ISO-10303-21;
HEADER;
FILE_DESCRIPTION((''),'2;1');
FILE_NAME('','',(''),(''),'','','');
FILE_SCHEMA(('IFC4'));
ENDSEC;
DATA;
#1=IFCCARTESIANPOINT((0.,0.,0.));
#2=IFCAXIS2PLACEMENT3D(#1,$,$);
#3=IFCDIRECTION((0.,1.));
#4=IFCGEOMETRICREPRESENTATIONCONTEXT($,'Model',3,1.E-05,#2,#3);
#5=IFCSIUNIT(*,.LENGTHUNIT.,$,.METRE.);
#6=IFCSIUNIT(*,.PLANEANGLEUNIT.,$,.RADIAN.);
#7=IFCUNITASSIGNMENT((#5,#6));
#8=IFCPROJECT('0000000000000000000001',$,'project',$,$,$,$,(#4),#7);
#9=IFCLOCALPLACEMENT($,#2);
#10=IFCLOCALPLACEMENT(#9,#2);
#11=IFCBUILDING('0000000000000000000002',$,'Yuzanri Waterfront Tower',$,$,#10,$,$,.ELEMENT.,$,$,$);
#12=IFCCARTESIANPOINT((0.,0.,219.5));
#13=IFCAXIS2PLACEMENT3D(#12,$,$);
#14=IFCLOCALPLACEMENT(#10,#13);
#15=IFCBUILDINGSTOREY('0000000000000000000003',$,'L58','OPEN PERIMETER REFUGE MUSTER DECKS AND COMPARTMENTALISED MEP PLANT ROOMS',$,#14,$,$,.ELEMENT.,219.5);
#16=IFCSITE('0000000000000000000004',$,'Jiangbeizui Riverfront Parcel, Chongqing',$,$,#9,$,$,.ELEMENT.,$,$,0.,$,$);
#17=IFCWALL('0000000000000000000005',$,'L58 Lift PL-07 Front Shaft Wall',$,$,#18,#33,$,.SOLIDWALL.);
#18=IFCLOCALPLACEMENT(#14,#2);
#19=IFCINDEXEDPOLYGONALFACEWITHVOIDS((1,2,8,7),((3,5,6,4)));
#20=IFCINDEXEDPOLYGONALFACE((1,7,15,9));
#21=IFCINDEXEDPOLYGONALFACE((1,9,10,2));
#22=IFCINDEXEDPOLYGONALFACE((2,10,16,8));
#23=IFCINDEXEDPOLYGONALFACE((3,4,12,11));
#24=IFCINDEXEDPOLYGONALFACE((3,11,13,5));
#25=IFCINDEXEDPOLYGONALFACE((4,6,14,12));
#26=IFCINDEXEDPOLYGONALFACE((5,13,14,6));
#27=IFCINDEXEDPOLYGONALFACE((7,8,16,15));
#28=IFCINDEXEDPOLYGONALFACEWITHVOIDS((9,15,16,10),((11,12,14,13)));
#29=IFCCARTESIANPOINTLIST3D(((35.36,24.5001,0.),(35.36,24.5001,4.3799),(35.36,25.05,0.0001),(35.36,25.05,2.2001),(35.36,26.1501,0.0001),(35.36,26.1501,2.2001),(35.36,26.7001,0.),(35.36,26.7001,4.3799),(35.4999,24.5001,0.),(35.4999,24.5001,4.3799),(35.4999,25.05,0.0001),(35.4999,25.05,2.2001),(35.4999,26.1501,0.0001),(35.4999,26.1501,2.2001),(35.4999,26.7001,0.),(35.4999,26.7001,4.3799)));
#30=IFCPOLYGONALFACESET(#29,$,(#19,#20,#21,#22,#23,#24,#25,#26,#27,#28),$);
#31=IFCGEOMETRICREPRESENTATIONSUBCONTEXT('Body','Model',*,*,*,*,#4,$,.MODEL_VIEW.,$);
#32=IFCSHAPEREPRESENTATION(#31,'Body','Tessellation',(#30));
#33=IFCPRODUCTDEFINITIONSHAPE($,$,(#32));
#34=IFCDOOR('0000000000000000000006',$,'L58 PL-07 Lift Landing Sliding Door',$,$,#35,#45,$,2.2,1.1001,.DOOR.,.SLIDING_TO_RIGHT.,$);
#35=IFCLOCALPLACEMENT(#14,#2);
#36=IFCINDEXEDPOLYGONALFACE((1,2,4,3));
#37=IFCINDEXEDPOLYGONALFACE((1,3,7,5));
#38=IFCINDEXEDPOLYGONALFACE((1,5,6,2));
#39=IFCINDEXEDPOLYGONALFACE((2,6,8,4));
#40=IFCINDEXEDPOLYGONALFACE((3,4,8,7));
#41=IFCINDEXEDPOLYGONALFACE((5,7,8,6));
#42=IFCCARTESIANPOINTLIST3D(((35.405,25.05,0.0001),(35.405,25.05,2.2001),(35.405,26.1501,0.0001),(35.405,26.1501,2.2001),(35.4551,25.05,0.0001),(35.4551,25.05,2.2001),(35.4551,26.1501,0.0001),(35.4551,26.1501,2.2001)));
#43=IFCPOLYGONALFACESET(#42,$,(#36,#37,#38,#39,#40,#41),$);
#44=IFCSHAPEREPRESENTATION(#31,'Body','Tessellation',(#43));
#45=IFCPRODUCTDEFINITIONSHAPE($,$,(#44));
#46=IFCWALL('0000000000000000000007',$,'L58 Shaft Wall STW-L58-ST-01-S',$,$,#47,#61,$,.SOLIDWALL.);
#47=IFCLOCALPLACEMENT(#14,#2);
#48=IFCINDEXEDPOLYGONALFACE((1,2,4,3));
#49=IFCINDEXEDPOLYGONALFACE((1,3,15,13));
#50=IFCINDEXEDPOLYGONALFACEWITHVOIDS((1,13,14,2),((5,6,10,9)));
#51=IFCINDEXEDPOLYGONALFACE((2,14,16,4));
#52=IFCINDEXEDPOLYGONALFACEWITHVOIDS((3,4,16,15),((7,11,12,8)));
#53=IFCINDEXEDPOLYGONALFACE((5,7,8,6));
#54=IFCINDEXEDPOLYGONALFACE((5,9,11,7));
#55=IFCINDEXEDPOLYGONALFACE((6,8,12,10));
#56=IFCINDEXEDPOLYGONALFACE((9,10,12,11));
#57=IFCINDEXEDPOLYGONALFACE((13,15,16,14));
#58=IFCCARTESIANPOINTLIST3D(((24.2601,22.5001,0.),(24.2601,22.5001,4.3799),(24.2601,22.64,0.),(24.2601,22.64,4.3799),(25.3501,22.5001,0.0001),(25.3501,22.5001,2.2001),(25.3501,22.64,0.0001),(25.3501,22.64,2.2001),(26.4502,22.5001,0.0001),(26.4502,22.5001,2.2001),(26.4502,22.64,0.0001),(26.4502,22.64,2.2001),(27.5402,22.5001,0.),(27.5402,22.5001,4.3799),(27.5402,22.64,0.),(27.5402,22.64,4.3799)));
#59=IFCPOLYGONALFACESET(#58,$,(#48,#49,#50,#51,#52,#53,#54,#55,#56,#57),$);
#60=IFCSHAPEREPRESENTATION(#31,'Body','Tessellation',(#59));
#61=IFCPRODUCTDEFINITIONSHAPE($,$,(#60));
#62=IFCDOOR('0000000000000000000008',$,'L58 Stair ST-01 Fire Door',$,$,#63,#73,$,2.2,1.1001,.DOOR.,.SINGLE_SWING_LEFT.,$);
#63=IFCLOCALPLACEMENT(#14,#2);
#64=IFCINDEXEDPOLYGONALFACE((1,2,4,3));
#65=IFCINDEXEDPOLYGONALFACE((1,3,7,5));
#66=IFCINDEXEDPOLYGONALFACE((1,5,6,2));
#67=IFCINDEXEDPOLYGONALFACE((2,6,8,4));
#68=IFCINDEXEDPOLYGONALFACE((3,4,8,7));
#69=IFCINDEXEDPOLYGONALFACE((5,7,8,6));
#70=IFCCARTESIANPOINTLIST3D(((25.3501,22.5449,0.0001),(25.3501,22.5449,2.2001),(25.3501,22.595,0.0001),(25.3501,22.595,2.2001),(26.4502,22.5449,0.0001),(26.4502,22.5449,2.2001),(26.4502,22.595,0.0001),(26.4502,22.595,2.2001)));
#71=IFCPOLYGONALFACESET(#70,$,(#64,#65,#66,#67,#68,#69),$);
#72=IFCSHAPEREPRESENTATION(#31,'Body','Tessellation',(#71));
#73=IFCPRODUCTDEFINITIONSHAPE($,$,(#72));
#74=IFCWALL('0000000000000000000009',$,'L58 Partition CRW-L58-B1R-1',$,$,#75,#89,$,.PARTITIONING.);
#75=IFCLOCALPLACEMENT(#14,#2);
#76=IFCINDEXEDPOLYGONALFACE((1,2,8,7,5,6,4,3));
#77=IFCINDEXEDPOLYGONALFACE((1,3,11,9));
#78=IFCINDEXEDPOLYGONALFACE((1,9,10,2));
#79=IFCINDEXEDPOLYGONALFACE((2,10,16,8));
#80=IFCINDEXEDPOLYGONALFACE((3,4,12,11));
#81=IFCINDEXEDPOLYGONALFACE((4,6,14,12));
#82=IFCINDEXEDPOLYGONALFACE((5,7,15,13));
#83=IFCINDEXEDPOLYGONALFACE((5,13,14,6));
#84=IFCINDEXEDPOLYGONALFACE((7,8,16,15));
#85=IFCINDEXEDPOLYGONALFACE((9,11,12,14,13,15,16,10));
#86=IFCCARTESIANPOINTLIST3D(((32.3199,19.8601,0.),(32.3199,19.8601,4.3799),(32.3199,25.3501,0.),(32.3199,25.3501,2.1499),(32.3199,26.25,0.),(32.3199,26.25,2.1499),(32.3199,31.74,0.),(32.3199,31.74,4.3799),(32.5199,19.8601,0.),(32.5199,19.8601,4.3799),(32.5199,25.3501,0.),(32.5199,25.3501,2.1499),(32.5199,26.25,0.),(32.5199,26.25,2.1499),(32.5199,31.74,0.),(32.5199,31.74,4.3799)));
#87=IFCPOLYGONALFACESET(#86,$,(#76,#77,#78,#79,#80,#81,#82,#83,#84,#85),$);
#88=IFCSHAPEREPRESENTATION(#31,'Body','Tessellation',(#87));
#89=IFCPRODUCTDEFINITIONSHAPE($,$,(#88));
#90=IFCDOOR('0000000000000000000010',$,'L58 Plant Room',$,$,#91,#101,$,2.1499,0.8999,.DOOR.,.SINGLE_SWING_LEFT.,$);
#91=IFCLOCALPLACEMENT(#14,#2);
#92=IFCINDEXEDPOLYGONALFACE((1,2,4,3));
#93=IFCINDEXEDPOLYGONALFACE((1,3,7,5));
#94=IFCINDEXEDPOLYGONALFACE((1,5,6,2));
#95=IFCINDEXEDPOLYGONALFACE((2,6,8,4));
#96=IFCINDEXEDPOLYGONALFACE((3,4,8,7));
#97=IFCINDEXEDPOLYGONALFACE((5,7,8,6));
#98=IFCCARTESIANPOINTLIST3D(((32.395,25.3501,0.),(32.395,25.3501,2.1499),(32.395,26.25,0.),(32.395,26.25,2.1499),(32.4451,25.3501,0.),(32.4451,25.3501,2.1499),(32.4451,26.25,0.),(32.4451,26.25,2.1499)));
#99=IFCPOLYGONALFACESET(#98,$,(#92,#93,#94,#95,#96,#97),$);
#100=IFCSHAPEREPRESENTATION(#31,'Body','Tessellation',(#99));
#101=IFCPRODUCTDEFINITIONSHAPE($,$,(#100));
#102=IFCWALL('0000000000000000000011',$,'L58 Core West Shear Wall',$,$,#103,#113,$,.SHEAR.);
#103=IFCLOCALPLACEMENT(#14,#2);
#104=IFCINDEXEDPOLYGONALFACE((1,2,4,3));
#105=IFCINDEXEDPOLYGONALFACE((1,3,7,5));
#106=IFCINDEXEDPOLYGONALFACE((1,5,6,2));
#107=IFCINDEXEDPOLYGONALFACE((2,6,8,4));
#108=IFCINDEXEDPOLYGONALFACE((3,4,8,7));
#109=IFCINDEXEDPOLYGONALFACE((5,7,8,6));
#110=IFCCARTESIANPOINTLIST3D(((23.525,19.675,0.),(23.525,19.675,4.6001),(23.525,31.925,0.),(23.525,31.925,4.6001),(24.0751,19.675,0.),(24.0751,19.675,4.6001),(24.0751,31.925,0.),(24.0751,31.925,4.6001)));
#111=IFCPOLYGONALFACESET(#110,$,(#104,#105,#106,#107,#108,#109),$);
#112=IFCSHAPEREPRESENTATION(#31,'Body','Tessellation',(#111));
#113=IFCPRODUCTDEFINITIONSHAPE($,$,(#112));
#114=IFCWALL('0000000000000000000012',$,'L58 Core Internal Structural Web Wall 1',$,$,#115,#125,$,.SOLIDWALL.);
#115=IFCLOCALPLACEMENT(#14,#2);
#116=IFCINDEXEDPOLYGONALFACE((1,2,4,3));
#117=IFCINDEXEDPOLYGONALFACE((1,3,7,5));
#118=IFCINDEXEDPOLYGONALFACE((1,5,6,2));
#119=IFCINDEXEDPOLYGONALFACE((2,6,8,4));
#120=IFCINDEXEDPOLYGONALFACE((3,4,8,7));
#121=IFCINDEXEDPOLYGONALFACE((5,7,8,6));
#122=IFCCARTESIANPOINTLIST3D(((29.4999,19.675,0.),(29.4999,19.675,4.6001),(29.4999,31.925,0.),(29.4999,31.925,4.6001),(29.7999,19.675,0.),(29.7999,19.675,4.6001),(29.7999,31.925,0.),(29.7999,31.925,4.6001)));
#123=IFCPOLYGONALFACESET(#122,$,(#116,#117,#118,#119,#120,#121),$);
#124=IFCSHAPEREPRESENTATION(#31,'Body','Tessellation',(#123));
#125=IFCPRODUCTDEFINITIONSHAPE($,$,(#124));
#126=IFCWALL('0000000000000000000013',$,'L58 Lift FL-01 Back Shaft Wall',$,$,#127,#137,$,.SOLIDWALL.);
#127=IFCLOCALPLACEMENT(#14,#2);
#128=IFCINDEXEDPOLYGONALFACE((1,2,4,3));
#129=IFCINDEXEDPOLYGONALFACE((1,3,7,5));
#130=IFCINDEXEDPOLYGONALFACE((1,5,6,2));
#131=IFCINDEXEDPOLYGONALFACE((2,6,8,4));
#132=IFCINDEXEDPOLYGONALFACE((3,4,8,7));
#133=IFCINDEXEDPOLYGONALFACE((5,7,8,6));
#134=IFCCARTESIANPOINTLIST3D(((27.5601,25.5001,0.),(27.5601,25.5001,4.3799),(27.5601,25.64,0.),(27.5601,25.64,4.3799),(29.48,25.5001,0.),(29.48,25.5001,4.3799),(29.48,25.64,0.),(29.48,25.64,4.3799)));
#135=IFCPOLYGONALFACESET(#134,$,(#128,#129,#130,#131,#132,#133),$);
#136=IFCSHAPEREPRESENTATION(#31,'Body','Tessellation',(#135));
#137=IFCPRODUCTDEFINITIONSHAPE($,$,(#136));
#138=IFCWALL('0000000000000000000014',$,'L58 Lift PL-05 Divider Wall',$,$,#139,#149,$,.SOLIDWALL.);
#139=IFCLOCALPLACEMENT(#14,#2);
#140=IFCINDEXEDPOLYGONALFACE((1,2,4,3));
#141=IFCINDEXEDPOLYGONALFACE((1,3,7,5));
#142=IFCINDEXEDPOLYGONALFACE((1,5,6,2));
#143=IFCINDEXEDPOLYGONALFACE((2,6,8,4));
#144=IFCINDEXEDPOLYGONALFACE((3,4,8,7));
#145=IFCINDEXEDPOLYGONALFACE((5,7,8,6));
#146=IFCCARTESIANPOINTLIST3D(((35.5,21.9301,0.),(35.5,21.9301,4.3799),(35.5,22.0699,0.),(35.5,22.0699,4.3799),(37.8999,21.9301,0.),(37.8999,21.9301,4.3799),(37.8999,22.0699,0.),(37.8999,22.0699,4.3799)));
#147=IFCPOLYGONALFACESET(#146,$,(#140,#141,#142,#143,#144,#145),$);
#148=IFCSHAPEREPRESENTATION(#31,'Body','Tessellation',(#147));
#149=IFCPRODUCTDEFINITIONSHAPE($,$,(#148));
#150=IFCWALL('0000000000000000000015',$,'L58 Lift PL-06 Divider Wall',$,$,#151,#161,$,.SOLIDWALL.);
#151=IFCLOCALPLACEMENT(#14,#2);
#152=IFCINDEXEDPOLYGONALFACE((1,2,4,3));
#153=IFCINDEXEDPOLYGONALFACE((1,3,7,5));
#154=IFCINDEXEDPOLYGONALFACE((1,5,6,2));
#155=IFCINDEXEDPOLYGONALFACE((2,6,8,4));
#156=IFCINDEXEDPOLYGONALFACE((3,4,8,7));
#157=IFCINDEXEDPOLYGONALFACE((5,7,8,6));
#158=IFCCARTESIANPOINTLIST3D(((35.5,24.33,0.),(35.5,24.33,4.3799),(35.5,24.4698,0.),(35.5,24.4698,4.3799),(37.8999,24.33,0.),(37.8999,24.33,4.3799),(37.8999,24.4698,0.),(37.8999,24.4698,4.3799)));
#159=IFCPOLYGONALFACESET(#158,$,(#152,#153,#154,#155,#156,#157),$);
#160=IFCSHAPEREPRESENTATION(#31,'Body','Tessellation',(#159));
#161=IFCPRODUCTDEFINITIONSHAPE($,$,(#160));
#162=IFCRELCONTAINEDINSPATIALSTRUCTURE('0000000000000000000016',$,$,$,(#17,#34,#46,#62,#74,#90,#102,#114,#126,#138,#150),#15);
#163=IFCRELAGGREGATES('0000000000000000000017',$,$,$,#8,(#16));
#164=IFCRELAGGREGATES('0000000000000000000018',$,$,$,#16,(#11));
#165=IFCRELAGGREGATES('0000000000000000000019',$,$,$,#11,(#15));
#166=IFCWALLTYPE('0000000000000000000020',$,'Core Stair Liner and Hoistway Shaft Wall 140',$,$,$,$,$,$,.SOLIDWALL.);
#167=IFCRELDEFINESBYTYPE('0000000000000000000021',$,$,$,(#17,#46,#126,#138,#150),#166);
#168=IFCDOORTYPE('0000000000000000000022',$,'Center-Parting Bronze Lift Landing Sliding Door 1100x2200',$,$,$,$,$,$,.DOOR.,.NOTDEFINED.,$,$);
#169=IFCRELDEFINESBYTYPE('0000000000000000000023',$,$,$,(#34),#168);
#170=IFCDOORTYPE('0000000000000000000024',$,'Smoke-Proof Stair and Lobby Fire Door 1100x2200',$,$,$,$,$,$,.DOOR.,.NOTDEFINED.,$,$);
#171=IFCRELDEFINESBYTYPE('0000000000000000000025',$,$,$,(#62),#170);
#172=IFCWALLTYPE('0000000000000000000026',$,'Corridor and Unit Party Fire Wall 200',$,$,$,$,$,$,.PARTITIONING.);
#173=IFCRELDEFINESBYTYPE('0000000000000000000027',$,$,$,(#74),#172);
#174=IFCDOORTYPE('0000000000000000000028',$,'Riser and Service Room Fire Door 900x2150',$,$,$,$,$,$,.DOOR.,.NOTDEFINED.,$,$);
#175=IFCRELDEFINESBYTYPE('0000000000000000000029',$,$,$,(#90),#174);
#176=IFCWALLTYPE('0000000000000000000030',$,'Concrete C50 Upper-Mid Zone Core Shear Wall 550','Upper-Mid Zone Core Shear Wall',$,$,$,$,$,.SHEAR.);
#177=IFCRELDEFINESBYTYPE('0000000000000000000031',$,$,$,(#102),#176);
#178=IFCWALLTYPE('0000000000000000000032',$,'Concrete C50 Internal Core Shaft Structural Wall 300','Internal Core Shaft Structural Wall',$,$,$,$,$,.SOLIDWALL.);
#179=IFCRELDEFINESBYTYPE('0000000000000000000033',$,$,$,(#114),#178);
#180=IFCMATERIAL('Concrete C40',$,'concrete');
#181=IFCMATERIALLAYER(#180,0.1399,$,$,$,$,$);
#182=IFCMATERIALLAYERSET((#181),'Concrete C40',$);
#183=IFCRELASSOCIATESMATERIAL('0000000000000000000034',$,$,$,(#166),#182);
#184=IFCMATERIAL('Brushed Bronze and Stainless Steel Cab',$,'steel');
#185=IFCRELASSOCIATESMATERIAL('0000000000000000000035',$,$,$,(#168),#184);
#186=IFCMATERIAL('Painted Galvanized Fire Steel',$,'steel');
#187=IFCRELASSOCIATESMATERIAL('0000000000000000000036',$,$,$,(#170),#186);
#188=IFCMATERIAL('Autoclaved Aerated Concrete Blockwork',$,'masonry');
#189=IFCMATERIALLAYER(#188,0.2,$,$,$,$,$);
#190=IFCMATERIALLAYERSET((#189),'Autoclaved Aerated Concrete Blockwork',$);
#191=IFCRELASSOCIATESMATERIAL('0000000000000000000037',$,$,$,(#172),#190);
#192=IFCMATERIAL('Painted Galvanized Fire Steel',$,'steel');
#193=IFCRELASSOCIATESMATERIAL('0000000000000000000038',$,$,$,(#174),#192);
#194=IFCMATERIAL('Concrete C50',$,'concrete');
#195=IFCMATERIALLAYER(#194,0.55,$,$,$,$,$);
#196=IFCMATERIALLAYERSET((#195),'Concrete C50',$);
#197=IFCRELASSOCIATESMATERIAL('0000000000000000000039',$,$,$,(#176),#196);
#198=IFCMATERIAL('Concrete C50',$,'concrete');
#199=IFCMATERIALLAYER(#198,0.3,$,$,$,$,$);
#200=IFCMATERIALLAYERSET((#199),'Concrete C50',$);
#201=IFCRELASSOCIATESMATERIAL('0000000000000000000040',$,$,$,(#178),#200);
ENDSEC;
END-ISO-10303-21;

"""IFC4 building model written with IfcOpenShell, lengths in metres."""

from ifc_helpers import new_model, si_unit, direction, frame, frame_2d, origin, place, context, subcontext, project, spatial, rectangle, extrude, source, transform, mapped, material, layer, layer_set, type_object, element, fill, save


model = new_model("IFC4")

# Units and contexts
model_context = context("Model", 3, precision=1e-05, world=origin(), true_north=direction((0.0, 1.0)))
body_context = subcontext(model_context, "Body", "Model", "MODEL_VIEW")
ifc_project = project(units=[si_unit("LENGTHUNIT", "METRE"), si_unit("PLANEANGLEUNIT", "RADIAN")], contexts=[model_context])

# Site, building, storey
site_placement = place(None, origin())
site = spatial("IfcSite", under=ifc_project, at=site_placement, Name="Jiangbeizui Riverfront Parcel, Chongqing", CompositionType="ELEMENT", RefElevation=0.0)
building_placement = place(site_placement, origin())
building = spatial("IfcBuilding", under=site, at=building_placement, Name="Yuzanri Waterfront Tower", CompositionType="ELEMENT")
storey_placement = place(building_placement, frame((0.0, 0.0, 219.5)))
storey = spatial("IfcBuildingStorey", under=building, at=storey_placement, Name="L58", Description="OPEN PERIMETER REFUGE MUSTER DECKS AND COMPARTMENTALISED MEP PLANT ROOMS", CompositionType="ELEMENT", Elevation=219.5)

# Walls, openings, doors
ifc_material_1 = material(Name="Concrete C40", Category="concrete")
ifc_layer_1 = layer(ifc_material_1, 0.1399)
ifc_layer_set_1 = layer_set([ifc_layer_1], Name="Concrete C40")
wall_type_1 = type_object("IfcWallType", Name="Core Stair Liner and Hoistway Shaft Wall 140", PredefinedType="SOLIDWALL", material=ifc_layer_set_1)
ifc_material_2 = material(Name="Brushed Bronze and Stainless Steel Cab", Category="steel")
door_type_1 = type_object("IfcDoorType", Name="Center-Parting Bronze Lift Landing Sliding Door 1100x2200", OperationType="NOTDEFINED", PredefinedType="DOOR", material=ifc_material_2)
shared_shape_1 = source(origin(), body_context, "Body", "SweptSolid", [
    extrude(rectangle(XDim=1.1001, YDim=2.2, at=frame_2d((0.55, 1.1001))), frame((0.0, 0.0249, 0.0), z_axis=(0.0, -1.0, 0.0), x_axis=(1.0, 0.0, 0.0)), (0.0, 0.0, 1.0), 0.05),
])
wall_1_placement = place(storey_placement, frame((35.4299, 24.5, 0.0), z_axis=(0.0, 0.0, 1.0), x_axis=(0.0, 1.0, 0.0)))
wall_1 = element("IfcWall", 1, at=wall_1_placement, inside=storey, type_object=wall_type_1, Name="L58 Lift PL-07 Front Shaft Wall", PredefinedType="SOLIDWALL", context=body_context, shape_type="SweptSolid", body=[
    extrude(rectangle(XDim=2.2, YDim=0.1399, at=frame_2d((1.1001, 0.0))), origin(), (0.0, 0.0, 1.0), 4.3799),
])
opening_1_placement = place(wall_1_placement, frame((0.55, 0.0, 0.0)))
opening_1 = element("IfcOpeningElement", 2, at=opening_1_placement, cuts=wall_1, PredefinedType="OPENING", context=body_context, shape_type="SweptSolid", body=[
    extrude(rectangle(XDim=1.1001, YDim=2.2, at=frame_2d((0.55, 1.1001))), frame((0.0, 0.085, 0.0), z_axis=(0.0, -1.0, 0.0), x_axis=(1.0, 0.0, 0.0)), (0.0, 0.0, 1.0), 0.1697),
])
door_1_placement = place(opening_1_placement, origin())
door_1 = element("IfcDoor", 3, at=door_1_placement, inside=storey, type_object=door_type_1, Name="L58 PL-07 Lift Landing Sliding Door", OperationType="SLIDING_TO_RIGHT", OverallHeight=2.2, OverallWidth=1.1001, PredefinedType="DOOR", context=body_context, shape_type="MappedRepresentation", body=[
    mapped(shared_shape_1, transform((0.0, 0.0, 0.0), scale=1.0)),
])
fill(opening_1, door_1)
wall_2_placement = place(storey_placement, frame((24.26, 22.5701, 0.0), z_axis=(0.0, 0.0, 1.0), x_axis=(1.0, 0.0, 0.0)))
wall_2 = element("IfcWall", 4, at=wall_2_placement, inside=storey, type_object=wall_type_1, Name="L58 Shaft Wall STW-L58-ST-01-S", PredefinedType="SOLIDWALL", context=body_context, shape_type="SweptSolid", body=[
    extrude(rectangle(XDim=3.28, YDim=0.1399, at=frame_2d((1.6401, 0.0))), origin(), (0.0, 0.0, 1.0), 4.3799),
])
opening_2_placement = place(wall_2_placement, frame((1.0901, 0.0, 0.0)))
opening_2 = element("IfcOpeningElement", 5, at=opening_2_placement, cuts=wall_2, PredefinedType="OPENING", context=body_context, shape_type="SweptSolid", body=[
    extrude(rectangle(XDim=1.1001, YDim=2.2, at=frame_2d((0.55, 1.1001))), frame((0.0, 0.085, 0.0), z_axis=(0.0, -1.0, 0.0), x_axis=(1.0, 0.0, 0.0)), (0.0, 0.0, 1.0), 0.1697),
])
ifc_material_3 = material(Name="Painted Galvanized Fire Steel", Category="steel")
door_type_2 = type_object("IfcDoorType", Name="Smoke-Proof Stair and Lobby Fire Door 1100x2200", OperationType="NOTDEFINED", PredefinedType="DOOR", material=ifc_material_3)
shared_shape_2 = source(origin(), body_context, "Body", "SweptSolid", [
    extrude(rectangle(XDim=1.1001, YDim=2.2, at=frame_2d((0.55, 1.1001))), frame((0.0, 0.0249, 0.0), z_axis=(0.0, -1.0, 0.0), x_axis=(1.0, 0.0, 0.0)), (0.0, 0.0, 1.0), 0.05),
])
door_2_placement = place(opening_2_placement, origin())
door_2 = element("IfcDoor", 6, at=door_2_placement, inside=storey, type_object=door_type_2, Name="L58 Stair ST-01 Fire Door", OperationType="SINGLE_SWING_LEFT", OverallHeight=2.2, OverallWidth=1.1001, PredefinedType="DOOR", context=body_context, shape_type="MappedRepresentation", body=[
    mapped(shared_shape_2, transform((0.0, 0.0, 0.0), scale=1.0)),
])
fill(opening_2, door_2)
ifc_material_4 = material(Name="Autoclaved Aerated Concrete Blockwork", Category="masonry")
ifc_layer_2 = layer(ifc_material_4, 0.2)
ifc_layer_set_2 = layer_set([ifc_layer_2], Name="Autoclaved Aerated Concrete Blockwork")
wall_type_2 = type_object("IfcWallType", Name="Corridor and Unit Party Fire Wall 200", PredefinedType="PARTITIONING", material=ifc_layer_set_2)
wall_3_placement = place(storey_placement, frame((32.4199, 19.8601, 0.0), z_axis=(0.0, 0.0, 1.0), x_axis=(0.0, 1.0, 0.0)))
wall_3 = element("IfcWall", 7, at=wall_3_placement, inside=storey, type_object=wall_type_2, Name="L58 Partition CRW-L58-B1R-1", PredefinedType="PARTITIONING", context=body_context, shape_type="SweptSolid", body=[
    extrude(rectangle(XDim=11.8799, YDim=0.2, at=frame_2d((5.9399, 0.0))), origin(), (0.0, 0.0, 1.0), 4.3799),
])
opening_3_placement = place(wall_3_placement, frame((5.49, 0.0, 0.0)))
opening_3 = element("IfcOpeningElement", 8, at=opening_3_placement, cuts=wall_3, PredefinedType="OPENING", context=body_context, shape_type="SweptSolid", body=[
    extrude(rectangle(XDim=0.8999, YDim=2.1499, at=frame_2d((0.45, 1.075))), frame((0.0, 0.1147, 0.0), z_axis=(0.0, -1.0, 0.0), x_axis=(1.0, 0.0, 0.0)), (0.0, 0.0, 1.0), 0.2297),
])
ifc_material_5 = material(Name="Painted Galvanized Fire Steel", Category="steel")
door_type_3 = type_object("IfcDoorType", Name="Riser and Service Room Fire Door 900x2150", OperationType="NOTDEFINED", PredefinedType="DOOR", material=ifc_material_5)
shared_shape_3 = source(origin(), body_context, "Body", "SweptSolid", [
    extrude(rectangle(XDim=0.8999, YDim=2.1499, at=frame_2d((0.45, 1.075))), frame((0.0, 0.0249, 0.0), z_axis=(0.0, -1.0, 0.0), x_axis=(1.0, 0.0, 0.0)), (0.0, 0.0, 1.0), 0.05),
])
door_3_placement = place(opening_3_placement, origin())
door_3 = element("IfcDoor", 9, at=door_3_placement, inside=storey, type_object=door_type_3, Name="L58 Plant Room", OperationType="SINGLE_SWING_LEFT", OverallHeight=2.1499, OverallWidth=0.8999, PredefinedType="DOOR", context=body_context, shape_type="MappedRepresentation", body=[
    mapped(shared_shape_3, transform((0.0, 0.0, 0.0), scale=1.0)),
])
fill(opening_3, door_3)

# Walls
ifc_material_6 = material(Name="Concrete C50", Category="concrete")
ifc_layer_3 = layer(ifc_material_6, 0.55)
ifc_layer_set_3 = layer_set([ifc_layer_3], Name="Concrete C50")
wall_type_3 = type_object("IfcWallType", Name="Concrete C50 Upper-Mid Zone Core Shear Wall 550", Description="Upper-Mid Zone Core Shear Wall", PredefinedType="SHEAR", material=ifc_layer_set_3)
shared_shape_4 = source(origin(), body_context, "Body", "SweptSolid", [
    extrude(rectangle(XDim=12.25, YDim=0.55, at=frame_2d((6.125, 0.0))), origin(), (0.0, 0.0, 1.0), 4.6001),
])
wall_4_placement = place(storey_placement, frame((23.8, 19.675, 0.0), z_axis=(0.0, 0.0, 1.0), x_axis=(0.0, 1.0, 0.0)))
element("IfcWall", 10, at=wall_4_placement, inside=storey, type_object=wall_type_3, Name="L58 Core West Shear Wall", PredefinedType="SHEAR", context=body_context, shape_type="MappedRepresentation", body=[
    mapped(shared_shape_4, transform((0.0, 0.0, 0.0), scale=1.0)),
])
ifc_material_7 = material(Name="Concrete C50", Category="concrete")
ifc_layer_4 = layer(ifc_material_7, 0.3)
ifc_layer_set_4 = layer_set([ifc_layer_4], Name="Concrete C50")
wall_type_4 = type_object("IfcWallType", Name="Concrete C50 Internal Core Shaft Structural Wall 300", Description="Internal Core Shaft Structural Wall", PredefinedType="SOLIDWALL", material=ifc_layer_set_4)
shared_shape_5 = source(origin(), body_context, "Body", "SweptSolid", [
    extrude(rectangle(XDim=12.25, YDim=0.3, at=frame_2d((6.125, 0.0))), origin(), (0.0, 0.0, 1.0), 4.6001),
])
wall_5_placement = place(storey_placement, frame((29.6499, 19.675, 0.0), z_axis=(0.0, 0.0, 1.0), x_axis=(0.0, 1.0, 0.0)))
element("IfcWall", 11, at=wall_5_placement, inside=storey, type_object=wall_type_4, Name="L58 Core Internal Structural Web Wall 1", PredefinedType="SOLIDWALL", context=body_context, shape_type="MappedRepresentation", body=[
    mapped(shared_shape_5, transform((0.0, 0.0, 0.0), scale=1.0)),
])
shared_shape_6 = source(origin(), body_context, "Body", "SweptSolid", [
    extrude(rectangle(XDim=1.9199, YDim=0.1399, at=frame_2d((0.96, 0.0))), origin(), (0.0, 0.0, 1.0), 4.3799),
])
wall_6_placement = place(storey_placement, frame((27.5601, 25.5701, 0.0), z_axis=(0.0, 0.0, 1.0), x_axis=(1.0, 0.0, 0.0)))
element("IfcWall", 12, at=wall_6_placement, inside=storey, type_object=wall_type_1, Name="L58 Lift FL-01 Back Shaft Wall", PredefinedType="SOLIDWALL", context=body_context, shape_type="MappedRepresentation", body=[
    mapped(shared_shape_6, transform((0.0, 0.0, 0.0), scale=1.0)),
])
shared_shape_7 = source(origin(), body_context, "Body", "SweptSolid", [
    extrude(rectangle(XDim=2.3999, YDim=0.1399, at=frame_2d((1.2, 0.0))), origin(), (0.0, 0.0, 1.0), 4.3799),
])
for number, where, z_axis, x_axis, name in (
    (13, (35.5, 22.0, 0.0), (0.0, 0.0, 1.0), (1.0, 0.0, 0.0), "L58 Lift PL-05 Divider Wall"),
    (14, (35.5, 24.3999, 0.0), (0.0, 0.0, 1.0), (1.0, 0.0, 0.0), "L58 Lift PL-06 Divider Wall"),
):
    element("IfcWall", number, at=place(storey_placement, frame(where, z_axis=z_axis, x_axis=x_axis)), inside=storey, type_object=wall_type_1, Name=name, PredefinedType="SOLIDWALL", context=body_context, shape_type="MappedRepresentation", body=[
        mapped(shared_shape_7, transform((0.0, 0.0, 0.0), scale=1.0)),
    ])

save(model, "model.ifc")
